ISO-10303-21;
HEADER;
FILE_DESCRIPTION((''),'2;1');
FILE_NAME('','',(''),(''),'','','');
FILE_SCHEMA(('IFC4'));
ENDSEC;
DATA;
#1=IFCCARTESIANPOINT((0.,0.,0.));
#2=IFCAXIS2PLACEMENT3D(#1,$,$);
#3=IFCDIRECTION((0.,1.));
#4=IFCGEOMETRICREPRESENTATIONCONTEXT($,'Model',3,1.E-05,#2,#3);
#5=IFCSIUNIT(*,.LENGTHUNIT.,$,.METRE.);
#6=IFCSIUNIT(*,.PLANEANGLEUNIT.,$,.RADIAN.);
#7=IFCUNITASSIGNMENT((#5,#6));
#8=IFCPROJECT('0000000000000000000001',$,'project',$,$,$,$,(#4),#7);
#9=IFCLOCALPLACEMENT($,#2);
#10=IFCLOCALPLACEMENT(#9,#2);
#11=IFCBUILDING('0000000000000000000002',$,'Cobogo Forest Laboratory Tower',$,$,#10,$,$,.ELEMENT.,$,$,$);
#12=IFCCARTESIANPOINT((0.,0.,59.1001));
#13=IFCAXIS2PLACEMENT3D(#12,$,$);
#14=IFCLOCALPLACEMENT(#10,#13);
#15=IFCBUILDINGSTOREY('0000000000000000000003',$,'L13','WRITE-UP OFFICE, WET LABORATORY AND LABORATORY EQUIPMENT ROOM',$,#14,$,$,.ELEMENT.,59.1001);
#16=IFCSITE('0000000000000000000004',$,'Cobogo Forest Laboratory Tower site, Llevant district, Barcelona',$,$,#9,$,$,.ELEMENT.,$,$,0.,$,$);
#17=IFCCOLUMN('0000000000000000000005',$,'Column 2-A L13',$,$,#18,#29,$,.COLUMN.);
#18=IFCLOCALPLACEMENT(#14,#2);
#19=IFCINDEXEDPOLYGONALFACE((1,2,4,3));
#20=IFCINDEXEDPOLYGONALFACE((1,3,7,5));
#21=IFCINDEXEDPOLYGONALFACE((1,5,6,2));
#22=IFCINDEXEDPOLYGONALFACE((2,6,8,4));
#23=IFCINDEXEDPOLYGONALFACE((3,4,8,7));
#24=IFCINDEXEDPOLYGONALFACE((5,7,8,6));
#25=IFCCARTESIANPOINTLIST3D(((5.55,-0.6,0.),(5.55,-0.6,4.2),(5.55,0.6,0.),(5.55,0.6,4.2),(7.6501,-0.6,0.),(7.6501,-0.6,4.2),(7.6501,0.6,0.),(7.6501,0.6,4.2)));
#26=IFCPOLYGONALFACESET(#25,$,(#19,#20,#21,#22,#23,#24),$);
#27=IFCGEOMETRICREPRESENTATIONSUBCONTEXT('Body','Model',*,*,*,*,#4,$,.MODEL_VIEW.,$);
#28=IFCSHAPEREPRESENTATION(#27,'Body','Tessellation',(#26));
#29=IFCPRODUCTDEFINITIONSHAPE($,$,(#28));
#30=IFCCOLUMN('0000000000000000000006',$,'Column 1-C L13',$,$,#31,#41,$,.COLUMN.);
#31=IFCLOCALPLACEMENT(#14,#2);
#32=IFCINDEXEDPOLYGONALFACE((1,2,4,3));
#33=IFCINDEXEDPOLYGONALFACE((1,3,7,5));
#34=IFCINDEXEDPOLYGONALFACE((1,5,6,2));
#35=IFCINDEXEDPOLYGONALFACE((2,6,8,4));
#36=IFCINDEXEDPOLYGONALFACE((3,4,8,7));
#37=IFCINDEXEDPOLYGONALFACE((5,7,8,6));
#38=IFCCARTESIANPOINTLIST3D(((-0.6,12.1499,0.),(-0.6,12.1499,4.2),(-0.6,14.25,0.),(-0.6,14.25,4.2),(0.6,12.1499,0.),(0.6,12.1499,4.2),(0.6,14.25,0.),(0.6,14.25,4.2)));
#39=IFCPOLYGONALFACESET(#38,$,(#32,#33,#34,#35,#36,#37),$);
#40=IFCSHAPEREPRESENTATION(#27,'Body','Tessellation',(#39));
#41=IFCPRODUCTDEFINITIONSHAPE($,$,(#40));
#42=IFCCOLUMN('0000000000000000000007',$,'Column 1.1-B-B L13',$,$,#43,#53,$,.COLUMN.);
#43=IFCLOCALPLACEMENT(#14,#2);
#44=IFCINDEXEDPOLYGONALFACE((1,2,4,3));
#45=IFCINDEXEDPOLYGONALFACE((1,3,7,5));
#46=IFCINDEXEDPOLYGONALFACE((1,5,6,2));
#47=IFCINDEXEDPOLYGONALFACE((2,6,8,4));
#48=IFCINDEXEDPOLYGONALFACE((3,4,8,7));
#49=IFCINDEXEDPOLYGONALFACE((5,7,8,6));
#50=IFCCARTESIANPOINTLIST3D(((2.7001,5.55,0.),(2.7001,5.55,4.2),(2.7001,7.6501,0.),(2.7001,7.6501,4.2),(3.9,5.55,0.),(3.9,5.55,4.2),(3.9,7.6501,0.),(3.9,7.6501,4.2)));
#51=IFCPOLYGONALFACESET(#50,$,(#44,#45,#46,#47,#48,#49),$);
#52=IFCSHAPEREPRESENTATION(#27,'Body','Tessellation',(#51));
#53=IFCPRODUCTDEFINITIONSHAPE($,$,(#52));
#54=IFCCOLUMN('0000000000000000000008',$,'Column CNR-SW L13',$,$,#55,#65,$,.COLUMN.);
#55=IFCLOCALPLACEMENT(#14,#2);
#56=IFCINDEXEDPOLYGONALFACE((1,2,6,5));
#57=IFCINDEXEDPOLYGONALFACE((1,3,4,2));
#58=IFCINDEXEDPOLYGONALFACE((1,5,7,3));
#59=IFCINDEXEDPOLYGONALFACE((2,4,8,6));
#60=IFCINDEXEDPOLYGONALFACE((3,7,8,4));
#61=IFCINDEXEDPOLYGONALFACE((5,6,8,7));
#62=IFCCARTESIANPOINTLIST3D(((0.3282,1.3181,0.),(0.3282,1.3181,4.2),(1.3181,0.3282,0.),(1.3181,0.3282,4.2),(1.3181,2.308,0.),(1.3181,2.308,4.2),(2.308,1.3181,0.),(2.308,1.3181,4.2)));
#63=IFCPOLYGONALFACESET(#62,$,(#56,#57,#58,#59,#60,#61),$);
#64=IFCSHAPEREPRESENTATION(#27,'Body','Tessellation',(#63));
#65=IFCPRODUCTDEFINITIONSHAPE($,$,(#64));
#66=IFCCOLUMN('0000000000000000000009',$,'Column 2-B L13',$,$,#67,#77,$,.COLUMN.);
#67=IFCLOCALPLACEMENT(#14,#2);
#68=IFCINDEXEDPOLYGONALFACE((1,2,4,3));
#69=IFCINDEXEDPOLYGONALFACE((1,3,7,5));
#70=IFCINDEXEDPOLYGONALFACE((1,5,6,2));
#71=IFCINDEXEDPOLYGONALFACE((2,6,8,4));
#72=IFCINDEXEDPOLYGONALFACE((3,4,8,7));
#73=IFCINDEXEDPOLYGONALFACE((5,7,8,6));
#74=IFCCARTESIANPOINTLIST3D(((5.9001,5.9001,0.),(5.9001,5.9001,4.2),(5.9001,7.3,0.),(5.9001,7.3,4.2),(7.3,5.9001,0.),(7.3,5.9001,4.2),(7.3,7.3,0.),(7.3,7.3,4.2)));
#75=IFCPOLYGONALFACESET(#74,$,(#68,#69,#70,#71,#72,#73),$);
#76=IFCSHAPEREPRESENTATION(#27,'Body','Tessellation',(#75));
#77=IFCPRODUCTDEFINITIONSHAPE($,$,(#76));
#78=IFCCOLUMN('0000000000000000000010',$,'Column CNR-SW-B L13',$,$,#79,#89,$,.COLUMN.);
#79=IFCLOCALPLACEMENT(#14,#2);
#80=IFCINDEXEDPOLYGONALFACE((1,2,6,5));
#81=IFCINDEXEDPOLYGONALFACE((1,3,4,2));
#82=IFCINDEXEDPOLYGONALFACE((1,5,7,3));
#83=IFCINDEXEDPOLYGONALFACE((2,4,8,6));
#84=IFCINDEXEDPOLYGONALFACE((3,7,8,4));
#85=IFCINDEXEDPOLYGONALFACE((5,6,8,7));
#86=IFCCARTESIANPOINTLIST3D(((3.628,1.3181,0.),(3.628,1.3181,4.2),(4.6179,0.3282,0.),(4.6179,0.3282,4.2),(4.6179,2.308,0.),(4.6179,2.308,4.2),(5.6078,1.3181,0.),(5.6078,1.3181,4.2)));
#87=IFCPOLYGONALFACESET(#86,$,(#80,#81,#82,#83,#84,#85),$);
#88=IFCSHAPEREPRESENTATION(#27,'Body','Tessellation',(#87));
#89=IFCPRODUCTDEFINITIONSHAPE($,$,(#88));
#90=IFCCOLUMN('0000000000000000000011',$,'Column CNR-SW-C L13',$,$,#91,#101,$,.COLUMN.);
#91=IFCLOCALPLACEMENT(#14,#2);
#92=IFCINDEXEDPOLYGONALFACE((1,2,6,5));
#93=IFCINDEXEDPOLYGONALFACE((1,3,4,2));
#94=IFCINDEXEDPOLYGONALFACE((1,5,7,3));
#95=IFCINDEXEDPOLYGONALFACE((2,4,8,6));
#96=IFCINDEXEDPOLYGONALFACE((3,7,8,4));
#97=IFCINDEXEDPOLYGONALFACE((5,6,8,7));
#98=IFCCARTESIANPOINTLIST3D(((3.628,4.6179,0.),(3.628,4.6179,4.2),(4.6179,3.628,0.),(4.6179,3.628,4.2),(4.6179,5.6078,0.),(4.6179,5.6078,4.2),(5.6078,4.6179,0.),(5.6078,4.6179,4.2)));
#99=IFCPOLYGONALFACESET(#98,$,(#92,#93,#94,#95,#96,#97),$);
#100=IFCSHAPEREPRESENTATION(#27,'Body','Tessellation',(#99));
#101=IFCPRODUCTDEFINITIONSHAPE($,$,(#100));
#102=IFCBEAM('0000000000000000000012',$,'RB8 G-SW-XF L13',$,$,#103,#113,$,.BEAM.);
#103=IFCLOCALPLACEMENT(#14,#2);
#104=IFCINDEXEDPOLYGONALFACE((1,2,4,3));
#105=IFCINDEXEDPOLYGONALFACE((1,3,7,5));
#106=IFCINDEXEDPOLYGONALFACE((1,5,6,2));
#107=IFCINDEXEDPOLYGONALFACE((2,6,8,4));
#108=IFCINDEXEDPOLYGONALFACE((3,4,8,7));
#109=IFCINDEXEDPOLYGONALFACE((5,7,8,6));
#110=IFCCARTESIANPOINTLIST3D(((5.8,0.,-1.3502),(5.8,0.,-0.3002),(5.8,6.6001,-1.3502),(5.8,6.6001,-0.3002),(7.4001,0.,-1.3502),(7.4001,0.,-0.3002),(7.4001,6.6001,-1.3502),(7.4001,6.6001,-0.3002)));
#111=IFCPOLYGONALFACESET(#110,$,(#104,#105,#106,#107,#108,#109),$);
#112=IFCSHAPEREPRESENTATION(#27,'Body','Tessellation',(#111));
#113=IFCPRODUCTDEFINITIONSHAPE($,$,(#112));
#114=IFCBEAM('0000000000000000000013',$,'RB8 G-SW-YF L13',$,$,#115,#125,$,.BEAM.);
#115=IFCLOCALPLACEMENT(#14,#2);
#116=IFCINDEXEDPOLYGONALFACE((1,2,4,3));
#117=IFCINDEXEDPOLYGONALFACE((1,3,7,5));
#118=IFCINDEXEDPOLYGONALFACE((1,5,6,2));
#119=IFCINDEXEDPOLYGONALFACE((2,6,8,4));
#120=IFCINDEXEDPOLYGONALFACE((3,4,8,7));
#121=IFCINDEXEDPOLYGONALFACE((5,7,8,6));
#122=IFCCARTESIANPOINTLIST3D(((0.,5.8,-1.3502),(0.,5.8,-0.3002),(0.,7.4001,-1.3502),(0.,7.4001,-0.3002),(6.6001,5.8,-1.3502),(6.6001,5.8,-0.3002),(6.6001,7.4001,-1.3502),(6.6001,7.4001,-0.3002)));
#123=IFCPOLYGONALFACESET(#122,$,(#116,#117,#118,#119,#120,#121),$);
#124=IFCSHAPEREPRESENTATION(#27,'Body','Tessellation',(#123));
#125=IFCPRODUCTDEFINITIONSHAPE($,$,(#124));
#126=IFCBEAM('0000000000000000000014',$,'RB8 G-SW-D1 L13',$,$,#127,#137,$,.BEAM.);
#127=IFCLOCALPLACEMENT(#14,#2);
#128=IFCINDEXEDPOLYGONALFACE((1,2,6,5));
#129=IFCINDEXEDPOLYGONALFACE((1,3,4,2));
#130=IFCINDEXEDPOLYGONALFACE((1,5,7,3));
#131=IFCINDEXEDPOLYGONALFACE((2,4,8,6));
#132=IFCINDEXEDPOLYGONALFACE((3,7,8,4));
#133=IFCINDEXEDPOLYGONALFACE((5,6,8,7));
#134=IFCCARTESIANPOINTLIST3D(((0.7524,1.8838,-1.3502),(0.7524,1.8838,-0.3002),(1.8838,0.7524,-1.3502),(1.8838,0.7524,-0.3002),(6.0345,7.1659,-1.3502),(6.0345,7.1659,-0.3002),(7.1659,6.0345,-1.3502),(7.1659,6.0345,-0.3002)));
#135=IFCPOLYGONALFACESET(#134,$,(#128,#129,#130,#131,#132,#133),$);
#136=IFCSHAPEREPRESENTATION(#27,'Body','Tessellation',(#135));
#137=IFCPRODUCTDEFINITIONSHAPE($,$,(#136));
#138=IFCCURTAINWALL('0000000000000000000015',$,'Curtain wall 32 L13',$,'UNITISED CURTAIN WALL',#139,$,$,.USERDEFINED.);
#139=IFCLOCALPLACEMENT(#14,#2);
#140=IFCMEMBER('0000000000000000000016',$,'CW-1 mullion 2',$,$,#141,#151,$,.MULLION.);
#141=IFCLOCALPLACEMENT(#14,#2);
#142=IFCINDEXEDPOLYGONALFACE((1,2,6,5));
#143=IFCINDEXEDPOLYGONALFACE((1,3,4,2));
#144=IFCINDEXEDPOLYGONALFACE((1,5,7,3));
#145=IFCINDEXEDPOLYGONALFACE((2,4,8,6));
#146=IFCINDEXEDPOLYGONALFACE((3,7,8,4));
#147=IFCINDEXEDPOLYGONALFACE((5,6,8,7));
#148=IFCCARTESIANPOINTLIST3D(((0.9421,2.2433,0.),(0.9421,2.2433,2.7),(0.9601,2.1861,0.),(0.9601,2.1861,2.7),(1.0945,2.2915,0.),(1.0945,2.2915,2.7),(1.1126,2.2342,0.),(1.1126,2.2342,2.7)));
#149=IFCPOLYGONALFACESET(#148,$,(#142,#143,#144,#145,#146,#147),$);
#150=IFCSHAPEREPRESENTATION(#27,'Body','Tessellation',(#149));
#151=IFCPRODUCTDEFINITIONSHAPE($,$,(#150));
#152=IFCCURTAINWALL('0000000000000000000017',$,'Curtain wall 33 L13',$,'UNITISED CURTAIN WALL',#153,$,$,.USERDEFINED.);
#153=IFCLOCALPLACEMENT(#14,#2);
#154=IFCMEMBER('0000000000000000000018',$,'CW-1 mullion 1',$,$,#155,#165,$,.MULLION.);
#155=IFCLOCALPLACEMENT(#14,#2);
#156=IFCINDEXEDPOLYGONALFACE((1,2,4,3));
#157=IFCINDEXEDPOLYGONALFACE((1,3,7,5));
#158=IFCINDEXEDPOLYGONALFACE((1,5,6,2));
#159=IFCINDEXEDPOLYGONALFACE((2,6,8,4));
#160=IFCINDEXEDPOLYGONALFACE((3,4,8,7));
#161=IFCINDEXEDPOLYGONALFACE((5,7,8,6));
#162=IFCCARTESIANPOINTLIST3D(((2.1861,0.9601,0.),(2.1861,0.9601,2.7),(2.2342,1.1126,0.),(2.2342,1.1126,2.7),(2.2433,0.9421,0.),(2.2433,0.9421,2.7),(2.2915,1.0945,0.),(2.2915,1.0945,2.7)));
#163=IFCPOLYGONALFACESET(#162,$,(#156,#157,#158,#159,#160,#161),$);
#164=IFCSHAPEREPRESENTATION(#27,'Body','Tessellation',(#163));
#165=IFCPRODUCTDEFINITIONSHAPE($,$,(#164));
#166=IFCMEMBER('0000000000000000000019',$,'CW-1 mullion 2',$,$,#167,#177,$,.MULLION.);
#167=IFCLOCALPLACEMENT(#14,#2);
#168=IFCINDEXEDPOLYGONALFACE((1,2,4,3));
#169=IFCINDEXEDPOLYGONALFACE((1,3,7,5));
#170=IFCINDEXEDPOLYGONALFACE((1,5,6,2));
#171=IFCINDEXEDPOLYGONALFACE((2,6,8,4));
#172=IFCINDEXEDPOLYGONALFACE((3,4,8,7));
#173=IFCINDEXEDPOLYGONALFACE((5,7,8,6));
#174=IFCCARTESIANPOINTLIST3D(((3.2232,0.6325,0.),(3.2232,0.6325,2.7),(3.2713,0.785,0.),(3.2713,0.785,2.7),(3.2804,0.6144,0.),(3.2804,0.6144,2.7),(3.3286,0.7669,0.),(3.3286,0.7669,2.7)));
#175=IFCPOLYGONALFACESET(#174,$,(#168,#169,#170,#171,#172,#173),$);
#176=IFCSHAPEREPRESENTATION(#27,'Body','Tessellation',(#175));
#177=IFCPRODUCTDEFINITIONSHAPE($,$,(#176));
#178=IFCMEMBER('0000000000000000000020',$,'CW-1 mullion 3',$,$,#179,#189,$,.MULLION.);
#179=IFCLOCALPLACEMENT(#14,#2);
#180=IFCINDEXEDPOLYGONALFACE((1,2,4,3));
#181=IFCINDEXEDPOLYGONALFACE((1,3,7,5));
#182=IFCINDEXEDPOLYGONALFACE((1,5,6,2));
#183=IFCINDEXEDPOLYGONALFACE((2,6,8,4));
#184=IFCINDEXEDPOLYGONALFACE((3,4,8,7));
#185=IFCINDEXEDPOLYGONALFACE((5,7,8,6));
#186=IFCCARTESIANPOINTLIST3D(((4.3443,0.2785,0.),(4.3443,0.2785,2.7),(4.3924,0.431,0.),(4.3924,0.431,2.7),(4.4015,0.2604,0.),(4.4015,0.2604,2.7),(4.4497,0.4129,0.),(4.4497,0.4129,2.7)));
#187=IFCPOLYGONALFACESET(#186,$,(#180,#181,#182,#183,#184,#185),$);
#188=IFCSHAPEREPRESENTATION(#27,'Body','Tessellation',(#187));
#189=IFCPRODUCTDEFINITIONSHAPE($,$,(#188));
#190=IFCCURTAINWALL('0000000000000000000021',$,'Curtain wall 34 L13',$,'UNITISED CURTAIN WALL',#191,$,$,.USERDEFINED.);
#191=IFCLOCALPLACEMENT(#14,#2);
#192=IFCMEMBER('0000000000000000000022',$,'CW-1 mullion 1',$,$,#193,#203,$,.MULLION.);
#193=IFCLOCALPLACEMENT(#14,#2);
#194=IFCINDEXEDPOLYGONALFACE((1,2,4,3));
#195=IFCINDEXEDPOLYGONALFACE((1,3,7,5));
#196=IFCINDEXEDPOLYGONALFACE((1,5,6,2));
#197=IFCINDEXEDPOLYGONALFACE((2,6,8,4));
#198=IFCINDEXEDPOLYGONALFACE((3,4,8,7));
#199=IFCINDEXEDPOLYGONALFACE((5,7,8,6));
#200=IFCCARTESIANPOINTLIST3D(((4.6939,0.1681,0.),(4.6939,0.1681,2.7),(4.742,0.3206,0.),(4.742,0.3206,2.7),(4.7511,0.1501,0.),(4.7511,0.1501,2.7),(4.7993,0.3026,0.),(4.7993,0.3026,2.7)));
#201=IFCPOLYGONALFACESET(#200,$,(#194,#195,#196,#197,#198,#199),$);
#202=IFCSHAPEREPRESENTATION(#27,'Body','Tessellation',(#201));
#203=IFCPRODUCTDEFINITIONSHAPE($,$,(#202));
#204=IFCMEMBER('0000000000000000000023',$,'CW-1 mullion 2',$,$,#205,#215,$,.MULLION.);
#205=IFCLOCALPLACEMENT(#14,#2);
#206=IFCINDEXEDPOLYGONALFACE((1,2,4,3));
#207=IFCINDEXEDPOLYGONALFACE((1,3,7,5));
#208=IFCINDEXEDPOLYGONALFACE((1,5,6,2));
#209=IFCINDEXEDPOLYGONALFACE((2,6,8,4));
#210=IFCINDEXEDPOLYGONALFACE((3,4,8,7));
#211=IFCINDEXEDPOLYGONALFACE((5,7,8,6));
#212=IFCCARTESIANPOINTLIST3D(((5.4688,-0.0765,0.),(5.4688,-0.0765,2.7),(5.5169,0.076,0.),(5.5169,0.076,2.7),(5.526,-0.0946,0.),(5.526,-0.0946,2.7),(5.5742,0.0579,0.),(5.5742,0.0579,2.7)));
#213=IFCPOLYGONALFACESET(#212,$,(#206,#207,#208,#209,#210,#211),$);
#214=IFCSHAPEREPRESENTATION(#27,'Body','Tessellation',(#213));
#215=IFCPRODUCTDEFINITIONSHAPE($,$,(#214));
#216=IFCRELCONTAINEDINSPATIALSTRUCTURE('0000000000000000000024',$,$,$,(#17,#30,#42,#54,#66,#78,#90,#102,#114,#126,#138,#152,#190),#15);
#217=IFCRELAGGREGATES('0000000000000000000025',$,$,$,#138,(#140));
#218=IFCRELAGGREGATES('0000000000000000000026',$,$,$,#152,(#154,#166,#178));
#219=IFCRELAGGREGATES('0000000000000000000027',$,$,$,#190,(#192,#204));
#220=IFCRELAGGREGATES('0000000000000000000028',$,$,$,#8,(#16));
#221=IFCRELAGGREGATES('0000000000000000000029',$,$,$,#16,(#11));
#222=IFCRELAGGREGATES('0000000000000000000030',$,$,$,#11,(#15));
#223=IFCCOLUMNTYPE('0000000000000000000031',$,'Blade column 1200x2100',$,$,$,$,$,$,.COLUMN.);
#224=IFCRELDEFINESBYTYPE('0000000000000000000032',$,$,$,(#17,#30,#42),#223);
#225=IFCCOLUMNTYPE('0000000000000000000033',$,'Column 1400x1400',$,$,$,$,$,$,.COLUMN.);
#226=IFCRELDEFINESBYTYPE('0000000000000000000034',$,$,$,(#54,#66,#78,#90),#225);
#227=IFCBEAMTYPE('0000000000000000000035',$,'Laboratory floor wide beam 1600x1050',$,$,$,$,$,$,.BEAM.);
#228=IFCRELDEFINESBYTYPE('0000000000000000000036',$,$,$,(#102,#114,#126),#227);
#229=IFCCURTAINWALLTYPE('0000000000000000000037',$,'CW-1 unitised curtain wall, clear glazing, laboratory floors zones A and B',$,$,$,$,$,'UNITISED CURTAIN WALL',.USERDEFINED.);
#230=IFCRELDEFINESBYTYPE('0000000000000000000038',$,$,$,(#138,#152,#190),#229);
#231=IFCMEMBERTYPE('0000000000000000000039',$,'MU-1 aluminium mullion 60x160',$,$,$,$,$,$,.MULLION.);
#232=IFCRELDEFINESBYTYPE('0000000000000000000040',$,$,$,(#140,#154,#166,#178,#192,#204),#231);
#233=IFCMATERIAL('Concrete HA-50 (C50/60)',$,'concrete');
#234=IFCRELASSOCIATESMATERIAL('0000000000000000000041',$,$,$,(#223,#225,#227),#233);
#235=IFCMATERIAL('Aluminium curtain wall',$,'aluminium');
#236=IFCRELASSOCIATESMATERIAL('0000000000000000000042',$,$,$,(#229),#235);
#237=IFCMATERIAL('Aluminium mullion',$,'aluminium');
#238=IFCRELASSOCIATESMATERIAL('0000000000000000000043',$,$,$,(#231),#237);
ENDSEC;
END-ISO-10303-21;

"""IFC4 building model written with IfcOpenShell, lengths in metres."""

from ifc_helpers import new_model, si_unit, direction, frame, origin, origin_2d, place, context, subcontext, project, spatial, rectangle, extrude, material, material_profile, profile_set, type_object, element, aggregate, save


model = new_model("IFC4")

# Units and contexts
model_context = context("Model", 3, precision=1e-05, world=origin(), true_north=direction((0.0, 1.0)))
body_context = subcontext(model_context, "Body", "Model", "MODEL_VIEW")
ifc_project = project(units=[si_unit("LENGTHUNIT", "METRE"), si_unit("PLANEANGLEUNIT", "RADIAN")], contexts=[model_context])

# Site, building, storey
site_placement = place(None, origin())
site = spatial("IfcSite", under=ifc_project, at=site_placement, Name="Cobogo Forest Laboratory Tower site, Llevant district, Barcelona", CompositionType="ELEMENT", RefElevation=0.0)
building_placement = place(site_placement, origin())
building = spatial("IfcBuilding", under=site, at=building_placement, Name="Cobogo Forest Laboratory Tower", CompositionType="ELEMENT")
storey_placement = place(building_placement, frame((0.0, 0.0, 59.1001)))
storey = spatial("IfcBuildingStorey", under=building, at=storey_placement, Name="L13", Description="WRITE-UP OFFICE, WET LABORATORY AND LABORATORY EQUIPMENT ROOM", CompositionType="ELEMENT", Elevation=59.1001)

# Columns
ifc_material_1 = material(Name="Concrete HA-50 (C50/60)", Category="concrete")
ifc_material_profile_1 = material_profile(ifc_material_1, rectangle(XDim=2.1001, YDim=1.2, at=origin_2d()), Name="RC 1200x2100")
ifc_profile_set_1 = profile_set([ifc_material_profile_1], Name="Concrete HA-50 (C50/60)")
column_type_1 = type_object("IfcColumnType", Name="Blade column 1200x2100", PredefinedType="COLUMN", material=ifc_profile_set_1)
for number, where, z_axis, x_axis, name in (
    (1, (6.6001, 0.0, 0.0), (0.0, 0.0, 1.0), (1.0, 0.0, 0.0), "Column 2-A L13"),
    (2, (0.0, 13.2, 0.0), (0.0, 0.0, 1.0), (0.0, 1.0, 0.0), "Column 1-C L13"),
    (3, (3.3, 6.6001, 0.0), (0.0, 0.0, 1.0), (0.0, 1.0, 0.0), "Column 1.1-B-B L13"),
):
    element("IfcColumn", number, at=place(storey_placement, frame(where, z_axis=z_axis, x_axis=x_axis)), inside=storey, type_object=column_type_1, Name=name, PredefinedType="COLUMN", context=body_context, shape_type="SweptSolid", body=[
        extrude(rectangle(XDim=2.1001, YDim=1.2, at=origin_2d()), origin(), (0.0, 0.0, 1.0), 4.2),
    ])
ifc_material_profile_2 = material_profile(ifc_material_1, rectangle(XDim=1.3999, YDim=1.3999, at=origin_2d()), Name="RC 1400x1400")
ifc_profile_set_2 = profile_set([ifc_material_profile_2], Name="Concrete HA-50 (C50/60)")
column_type_2 = type_object("IfcColumnType", Name="Column 1400x1400", PredefinedType="COLUMN", material=ifc_profile_set_2)
for number, where, z_axis, x_axis, name in (
    (4, (1.3181, 1.3181, 0.0), (0.0, 0.0, 1.0), (0.707107, 0.707107, 0.0), "Column CNR-SW L13"),
    (5, (6.6001, 6.6001, 0.0), (0.0, 0.0, 1.0), (1.0, 0.0, 0.0), "Column 2-B L13"),
    (6, (4.6179, 1.3181, 0.0), (0.0, 0.0, 1.0), (0.707107, 0.707107, 0.0), "Column CNR-SW-B L13"),
    (7, (4.6179, 4.6179, 0.0), (0.0, 0.0, 1.0), (0.707107, 0.707107, 0.0), "Column CNR-SW-C L13"),
):
    element("IfcColumn", number, at=place(storey_placement, frame(where, z_axis=z_axis, x_axis=x_axis)), inside=storey, type_object=column_type_2, Name=name, PredefinedType="COLUMN", context=body_context, shape_type="SweptSolid", body=[
        extrude(rectangle(XDim=1.3999, YDim=1.3999, at=origin_2d()), origin(), (0.0, 0.0, 1.0), 4.2),
    ])

# Beams
ifc_material_profile_3 = material_profile(ifc_material_1, rectangle(XDim=1.6001, YDim=1.05, at=origin_2d()), Name="RC 1600x1050")
ifc_profile_set_3 = profile_set([ifc_material_profile_3], Name="Concrete HA-50 (C50/60)")
beam_type_1 = type_object("IfcBeamType", Name="Laboratory floor wide beam 1600x1050", PredefinedType="BEAM", material=ifc_profile_set_3)
for number, where, z_axis, x_axis, name in (
    (8, (6.6001, 0.0, -0.8252), (0.0, 1.0, 0.0), (-1.0, 0.0, 0.0), "RB8 G-SW-XF L13"),
    (9, (0.0, 6.6001, -0.8252), (1.0, 0.0, 0.0), (0.0, 1.0, 0.0), "RB8 G-SW-YF L13"),
):
    element("IfcBeam", number, at=place(storey_placement, frame(where, z_axis=z_axis, x_axis=x_axis)), inside=storey, type_object=beam_type_1, Name=name, PredefinedType="BEAM", context=body_context, shape_type="SweptSolid", body=[
        extrude(rectangle(XDim=1.6001, YDim=1.05, at=origin_2d()), origin(), (0.0, 0.0, 1.0), 6.6001),
    ])
beam_1_placement = place(storey_placement, frame((1.3181, 1.3181, -0.8252), z_axis=(0.707107, 0.707107, 0.0), x_axis=(-0.707107, 0.707107, 0.0)))
element("IfcBeam", 10, at=beam_1_placement, inside=storey, type_object=beam_type_1, Name="RB8 G-SW-D1 L13", PredefinedType="BEAM", context=body_context, shape_type="SweptSolid", body=[
    extrude(rectangle(XDim=1.6001, YDim=1.05, at=origin_2d()), origin(), (0.0, 0.0, 1.0), 7.47),
])

# Curtain wall, member
ifc_material_2 = material(Name="Aluminium curtain wall", Category="aluminium")
curtain_wall_type = type_object("IfcCurtainWallType", Name="CW-1 unitised curtain wall, clear glazing, laboratory floors zones A and B", ElementType="UNITISED CURTAIN WALL", PredefinedType="USERDEFINED", material=ifc_material_2)
curtain_wall_1_placement = place(storey_placement, origin())
curtain_wall_1 = element("IfcCurtainWall", 11, at=curtain_wall_1_placement, inside=storey, type_object=curtain_wall_type, Name="Curtain wall 32 L13", ObjectType="UNITISED CURTAIN WALL", PredefinedType="USERDEFINED")
ifc_material_3 = material(Name="Aluminium mullion", Category="aluminium")
ifc_material_profile_4 = material_profile(ifc_material_3, rectangle(XDim=0.0601, YDim=0.1599, at=origin_2d()), Name="AL 60x160")
ifc_profile_set_4 = profile_set([ifc_material_profile_4], Name="Aluminium mullion")
member_type_1 = type_object("IfcMemberType", Name="MU-1 aluminium mullion 60x160", PredefinedType="MULLION", material=ifc_profile_set_4)
member_1_placement = place(storey_placement, frame((1.0273, 2.2388, 0.0), z_axis=(0.0, 0.0, 1.0), x_axis=(0.301135, -0.953581, 0.0)))
member_1 = element("IfcMember", 12, at=member_1_placement, type_object=member_type_1, Name="CW-1 mullion 2", PredefinedType="MULLION", context=body_context, shape_type="SweptSolid", body=[
    extrude(rectangle(XDim=0.0601, YDim=0.1599, at=origin_2d()), origin(), (0.0, 0.0, 1.0), 2.7),
])

# Curtain walls, members
curtain_wall_2_placement = place(storey_placement, origin())
curtain_wall_2 = element("IfcCurtainWall", 13, at=curtain_wall_2_placement, inside=storey, type_object=curtain_wall_type, Name="Curtain wall 33 L13", ObjectType="UNITISED CURTAIN WALL", PredefinedType="USERDEFINED")
member_2_placement = place(storey_placement, frame((2.2388, 1.0273, 0.0), z_axis=(0.0, 0.0, 1.0), x_axis=(0.953581, -0.301135, 0.0)))
member_2 = element("IfcMember", 14, at=member_2_placement, type_object=member_type_1, Name="CW-1 mullion 1", PredefinedType="MULLION", context=body_context, shape_type="SweptSolid", body=[
    extrude(rectangle(XDim=0.0601, YDim=0.1599, at=origin_2d()), origin(), (0.0, 0.0, 1.0), 2.7),
])
member_3_placement = place(storey_placement, frame((3.2759, 0.6997, 0.0), z_axis=(0.0, 0.0, 1.0), x_axis=(0.953581, -0.301135, 0.0)))
member_3 = element("IfcMember", 15, at=member_3_placement, type_object=member_type_1, Name="CW-1 mullion 2", PredefinedType="MULLION", context=body_context, shape_type="SweptSolid", body=[
    extrude(rectangle(XDim=0.0601, YDim=0.1599, at=origin_2d()), origin(), (0.0, 0.0, 1.0), 2.7),
])
member_4_placement = place(storey_placement, frame((4.397, 0.3457, 0.0), z_axis=(0.0, 0.0, 1.0), x_axis=(0.953581, -0.301135, 0.0)))
member_4 = element("IfcMember", 16, at=member_4_placement, type_object=member_type_1, Name="CW-1 mullion 3", PredefinedType="MULLION", context=body_context, shape_type="SweptSolid", body=[
    extrude(rectangle(XDim=0.0601, YDim=0.1599, at=origin_2d()), origin(), (0.0, 0.0, 1.0), 2.7),
])
curtain_wall_3_placement = place(storey_placement, origin())
curtain_wall_3 = element("IfcCurtainWall", 17, at=curtain_wall_3_placement, inside=storey, type_object=curtain_wall_type, Name="Curtain wall 34 L13", ObjectType="UNITISED CURTAIN WALL", PredefinedType="USERDEFINED")
member_5_placement = place(storey_placement, frame((4.7466, 0.2354, 0.0), z_axis=(0.0, 0.0, 1.0), x_axis=(0.953582, -0.301135, 0.0)))
member_5 = element("IfcMember", 18, at=member_5_placement, type_object=member_type_1, Name="CW-1 mullion 1", PredefinedType="MULLION", context=body_context, shape_type="SweptSolid", body=[
    extrude(rectangle(XDim=0.0601, YDim=0.1599, at=origin_2d()), origin(), (0.0, 0.0, 1.0), 2.7),
])
member_6_placement = place(storey_placement, frame((5.5215, -0.0093, 0.0), z_axis=(0.0, 0.0, 1.0), x_axis=(0.953582, -0.301135, 0.0)))
member_6 = element("IfcMember", 19, at=member_6_placement, type_object=member_type_1, Name="CW-1 mullion 2", PredefinedType="MULLION", context=body_context, shape_type="SweptSolid", body=[
    extrude(rectangle(XDim=0.0601, YDim=0.1599, at=origin_2d()), origin(), (0.0, 0.0, 1.0), 2.7),
])

aggregate(curtain_wall_1, [member_1])
aggregate(curtain_wall_2, [member_2, member_3, member_4])
aggregate(curtain_wall_3, [member_5, member_6])

save(model, "model.ifc")
